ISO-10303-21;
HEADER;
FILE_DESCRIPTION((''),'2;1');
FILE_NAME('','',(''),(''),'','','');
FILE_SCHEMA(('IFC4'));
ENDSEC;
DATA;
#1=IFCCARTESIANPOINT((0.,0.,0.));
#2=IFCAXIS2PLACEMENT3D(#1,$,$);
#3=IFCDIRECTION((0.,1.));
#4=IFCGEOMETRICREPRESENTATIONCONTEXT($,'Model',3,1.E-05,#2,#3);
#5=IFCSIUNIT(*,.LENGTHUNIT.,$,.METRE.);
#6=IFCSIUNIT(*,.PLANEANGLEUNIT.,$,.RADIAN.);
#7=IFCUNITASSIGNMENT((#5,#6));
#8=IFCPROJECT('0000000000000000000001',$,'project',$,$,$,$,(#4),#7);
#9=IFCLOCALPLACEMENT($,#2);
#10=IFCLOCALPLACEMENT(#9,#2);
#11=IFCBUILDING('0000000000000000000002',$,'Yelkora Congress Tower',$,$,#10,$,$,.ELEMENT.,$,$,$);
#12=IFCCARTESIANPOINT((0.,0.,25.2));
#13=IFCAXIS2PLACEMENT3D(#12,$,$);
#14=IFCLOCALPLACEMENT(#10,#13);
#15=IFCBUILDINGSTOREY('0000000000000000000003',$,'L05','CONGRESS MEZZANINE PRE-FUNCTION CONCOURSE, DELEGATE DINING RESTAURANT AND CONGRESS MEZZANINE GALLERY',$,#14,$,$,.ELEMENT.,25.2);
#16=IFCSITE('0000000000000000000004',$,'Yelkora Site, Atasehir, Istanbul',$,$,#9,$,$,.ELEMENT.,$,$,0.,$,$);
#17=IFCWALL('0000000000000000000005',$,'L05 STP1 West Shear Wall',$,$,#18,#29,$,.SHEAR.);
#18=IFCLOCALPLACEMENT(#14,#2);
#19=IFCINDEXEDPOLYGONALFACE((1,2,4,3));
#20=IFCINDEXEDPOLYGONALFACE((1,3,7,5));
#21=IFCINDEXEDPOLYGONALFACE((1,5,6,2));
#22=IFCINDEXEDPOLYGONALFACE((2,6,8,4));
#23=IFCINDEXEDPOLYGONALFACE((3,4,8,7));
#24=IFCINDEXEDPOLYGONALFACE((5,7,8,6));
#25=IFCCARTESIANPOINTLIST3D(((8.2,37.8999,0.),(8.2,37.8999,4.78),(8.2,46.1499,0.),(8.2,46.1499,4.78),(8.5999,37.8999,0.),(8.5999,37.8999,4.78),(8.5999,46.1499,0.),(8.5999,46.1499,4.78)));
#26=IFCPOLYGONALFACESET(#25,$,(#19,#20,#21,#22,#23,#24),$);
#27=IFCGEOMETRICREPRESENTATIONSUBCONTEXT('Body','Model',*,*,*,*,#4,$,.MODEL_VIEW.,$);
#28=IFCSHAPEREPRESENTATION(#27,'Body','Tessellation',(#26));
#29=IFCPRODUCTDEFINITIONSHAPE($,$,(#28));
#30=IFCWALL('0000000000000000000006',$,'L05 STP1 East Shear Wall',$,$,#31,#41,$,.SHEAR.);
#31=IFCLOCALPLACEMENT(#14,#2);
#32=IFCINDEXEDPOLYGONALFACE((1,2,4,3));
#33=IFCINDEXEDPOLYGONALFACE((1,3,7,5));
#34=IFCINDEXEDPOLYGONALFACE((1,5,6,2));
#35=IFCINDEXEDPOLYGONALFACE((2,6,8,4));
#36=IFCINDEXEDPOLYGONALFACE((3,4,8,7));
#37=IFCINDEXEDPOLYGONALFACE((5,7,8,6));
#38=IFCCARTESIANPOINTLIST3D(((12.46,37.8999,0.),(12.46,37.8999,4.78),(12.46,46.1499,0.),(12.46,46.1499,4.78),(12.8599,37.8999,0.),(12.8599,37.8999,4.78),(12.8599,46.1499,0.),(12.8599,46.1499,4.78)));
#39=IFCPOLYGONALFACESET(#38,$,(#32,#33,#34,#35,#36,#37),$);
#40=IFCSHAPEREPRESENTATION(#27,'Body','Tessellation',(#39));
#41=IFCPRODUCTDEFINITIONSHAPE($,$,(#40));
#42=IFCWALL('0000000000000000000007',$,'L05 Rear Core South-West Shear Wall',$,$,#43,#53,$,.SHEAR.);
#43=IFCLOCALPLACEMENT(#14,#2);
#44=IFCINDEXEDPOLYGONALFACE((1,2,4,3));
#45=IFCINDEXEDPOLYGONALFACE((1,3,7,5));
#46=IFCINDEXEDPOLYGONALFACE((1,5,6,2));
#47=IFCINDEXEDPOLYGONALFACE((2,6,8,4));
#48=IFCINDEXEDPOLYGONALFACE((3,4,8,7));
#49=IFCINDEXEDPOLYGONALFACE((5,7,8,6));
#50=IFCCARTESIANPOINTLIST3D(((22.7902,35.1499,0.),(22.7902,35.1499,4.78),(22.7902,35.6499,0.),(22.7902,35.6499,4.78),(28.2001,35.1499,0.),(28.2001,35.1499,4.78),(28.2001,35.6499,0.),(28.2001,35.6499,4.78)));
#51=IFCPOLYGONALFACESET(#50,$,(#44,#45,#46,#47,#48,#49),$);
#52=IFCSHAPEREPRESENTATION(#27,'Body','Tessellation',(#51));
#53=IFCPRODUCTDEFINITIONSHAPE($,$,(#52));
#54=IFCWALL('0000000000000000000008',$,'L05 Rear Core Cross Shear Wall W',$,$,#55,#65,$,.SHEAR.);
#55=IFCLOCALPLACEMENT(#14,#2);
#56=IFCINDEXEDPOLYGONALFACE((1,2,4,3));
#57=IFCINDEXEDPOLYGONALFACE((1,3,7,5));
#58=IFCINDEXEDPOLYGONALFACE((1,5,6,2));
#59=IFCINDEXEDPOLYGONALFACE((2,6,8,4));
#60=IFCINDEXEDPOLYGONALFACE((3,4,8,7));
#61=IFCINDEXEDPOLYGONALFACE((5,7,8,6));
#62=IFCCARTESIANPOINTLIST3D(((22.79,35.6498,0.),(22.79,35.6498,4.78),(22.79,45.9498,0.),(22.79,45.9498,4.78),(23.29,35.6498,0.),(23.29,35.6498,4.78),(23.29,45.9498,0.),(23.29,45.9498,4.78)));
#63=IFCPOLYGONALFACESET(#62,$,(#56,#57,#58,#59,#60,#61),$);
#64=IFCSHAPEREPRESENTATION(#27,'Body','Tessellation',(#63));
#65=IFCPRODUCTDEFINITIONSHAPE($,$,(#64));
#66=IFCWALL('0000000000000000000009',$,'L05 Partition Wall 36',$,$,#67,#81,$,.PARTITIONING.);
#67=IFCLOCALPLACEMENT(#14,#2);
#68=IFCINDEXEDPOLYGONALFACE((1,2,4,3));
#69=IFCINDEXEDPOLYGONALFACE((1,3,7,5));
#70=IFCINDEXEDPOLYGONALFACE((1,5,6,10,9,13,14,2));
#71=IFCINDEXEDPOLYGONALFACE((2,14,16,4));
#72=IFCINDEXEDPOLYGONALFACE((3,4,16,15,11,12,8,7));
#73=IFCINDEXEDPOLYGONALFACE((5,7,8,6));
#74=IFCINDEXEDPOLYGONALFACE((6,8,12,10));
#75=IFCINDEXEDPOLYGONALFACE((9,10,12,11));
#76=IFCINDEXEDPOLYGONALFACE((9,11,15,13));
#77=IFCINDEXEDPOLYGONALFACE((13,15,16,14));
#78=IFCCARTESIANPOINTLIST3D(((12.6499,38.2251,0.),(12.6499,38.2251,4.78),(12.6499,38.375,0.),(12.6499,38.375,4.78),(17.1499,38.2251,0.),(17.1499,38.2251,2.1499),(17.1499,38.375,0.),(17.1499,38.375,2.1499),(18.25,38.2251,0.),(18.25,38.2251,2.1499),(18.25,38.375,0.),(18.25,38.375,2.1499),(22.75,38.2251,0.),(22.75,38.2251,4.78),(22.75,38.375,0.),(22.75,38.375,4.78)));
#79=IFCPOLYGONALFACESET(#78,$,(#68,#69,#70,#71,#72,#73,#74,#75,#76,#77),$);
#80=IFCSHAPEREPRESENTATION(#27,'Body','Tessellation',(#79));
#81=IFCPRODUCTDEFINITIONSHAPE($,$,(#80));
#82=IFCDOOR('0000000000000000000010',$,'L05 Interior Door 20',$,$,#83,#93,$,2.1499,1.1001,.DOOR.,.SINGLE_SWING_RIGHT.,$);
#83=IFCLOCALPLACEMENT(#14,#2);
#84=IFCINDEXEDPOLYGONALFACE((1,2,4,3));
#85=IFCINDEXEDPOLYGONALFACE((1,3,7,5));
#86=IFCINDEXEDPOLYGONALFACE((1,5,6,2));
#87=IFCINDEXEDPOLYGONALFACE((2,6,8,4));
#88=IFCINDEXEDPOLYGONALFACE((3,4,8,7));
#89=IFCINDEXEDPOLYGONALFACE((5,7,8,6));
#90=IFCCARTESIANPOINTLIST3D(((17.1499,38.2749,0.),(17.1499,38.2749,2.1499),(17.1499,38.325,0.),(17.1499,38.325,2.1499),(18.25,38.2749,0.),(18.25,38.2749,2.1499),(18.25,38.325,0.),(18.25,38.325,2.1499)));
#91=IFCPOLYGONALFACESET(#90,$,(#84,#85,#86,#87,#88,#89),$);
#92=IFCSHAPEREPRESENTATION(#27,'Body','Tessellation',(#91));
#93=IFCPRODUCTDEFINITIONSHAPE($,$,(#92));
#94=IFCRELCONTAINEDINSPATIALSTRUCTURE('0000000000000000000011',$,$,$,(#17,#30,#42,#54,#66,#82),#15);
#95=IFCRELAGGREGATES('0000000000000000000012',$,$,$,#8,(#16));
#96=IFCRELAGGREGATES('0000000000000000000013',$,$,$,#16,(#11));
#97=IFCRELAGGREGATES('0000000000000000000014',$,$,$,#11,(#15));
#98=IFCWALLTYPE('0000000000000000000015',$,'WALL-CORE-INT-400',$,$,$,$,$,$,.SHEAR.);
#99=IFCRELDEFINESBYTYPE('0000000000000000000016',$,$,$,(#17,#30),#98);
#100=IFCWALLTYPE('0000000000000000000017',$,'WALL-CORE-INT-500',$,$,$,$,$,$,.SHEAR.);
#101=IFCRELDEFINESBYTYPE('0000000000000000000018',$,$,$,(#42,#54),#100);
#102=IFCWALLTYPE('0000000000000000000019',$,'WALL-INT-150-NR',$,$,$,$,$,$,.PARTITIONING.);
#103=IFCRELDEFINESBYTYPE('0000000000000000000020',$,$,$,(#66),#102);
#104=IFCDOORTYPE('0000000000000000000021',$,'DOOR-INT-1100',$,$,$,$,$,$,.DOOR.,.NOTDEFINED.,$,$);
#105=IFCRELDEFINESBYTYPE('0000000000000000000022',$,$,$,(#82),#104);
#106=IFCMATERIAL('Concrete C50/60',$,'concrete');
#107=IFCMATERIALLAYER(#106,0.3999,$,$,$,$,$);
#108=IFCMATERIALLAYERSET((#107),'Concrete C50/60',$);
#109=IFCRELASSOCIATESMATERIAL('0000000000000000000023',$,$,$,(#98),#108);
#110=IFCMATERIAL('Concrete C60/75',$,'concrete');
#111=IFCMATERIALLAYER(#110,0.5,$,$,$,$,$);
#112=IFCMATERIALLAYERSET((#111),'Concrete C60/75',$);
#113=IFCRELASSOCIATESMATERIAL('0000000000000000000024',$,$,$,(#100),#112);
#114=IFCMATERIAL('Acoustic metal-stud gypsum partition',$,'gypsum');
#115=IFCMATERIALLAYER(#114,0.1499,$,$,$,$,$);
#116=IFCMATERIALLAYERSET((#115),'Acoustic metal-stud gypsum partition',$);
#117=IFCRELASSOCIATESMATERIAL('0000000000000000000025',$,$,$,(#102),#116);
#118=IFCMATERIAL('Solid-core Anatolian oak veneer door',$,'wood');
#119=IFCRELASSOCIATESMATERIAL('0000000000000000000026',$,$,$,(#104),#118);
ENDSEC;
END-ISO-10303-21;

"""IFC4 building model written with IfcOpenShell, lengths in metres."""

from ifc_helpers import new_model, si_unit, direction, frame, frame_2d, origin, place, context, subcontext, project, spatial, rectangle, extrude, material, layer, layer_set, type_object, element, fill, save


model = new_model("IFC4")

# Units and contexts
model_context = context("Model", 3, precision=1e-05, world=origin(), true_north=direction((0.0, 1.0)))
body_context = subcontext(model_context, "Body", "Model", "MODEL_VIEW")
ifc_project = project(units=[si_unit("LENGTHUNIT", "METRE"), si_unit("PLANEANGLEUNIT", "RADIAN")], contexts=[model_context])

# Site, building, storey
site_placement = place(None, origin())
site = spatial("IfcSite", under=ifc_project, at=site_placement, Name="Yelkora Site, Atasehir, Istanbul", CompositionType="ELEMENT", RefElevation=0.0)
building_placement = place(site_placement, origin())
building = spatial("IfcBuilding", under=site, at=building_placement, Name="Yelkora Congress Tower", CompositionType="ELEMENT")
storey_placement = place(building_placement, frame((0.0, 0.0, 25.2)))
storey = spatial("IfcBuildingStorey", under=building, at=storey_placement, Name="L05", Description="CONGRESS MEZZANINE PRE-FUNCTION CONCOURSE, DELEGATE DINING RESTAURANT AND CONGRESS MEZZANINE GALLERY", CompositionType="ELEMENT", Elevation=25.2)

# Shared definitions
ifc_material_1 = material(Name="Concrete C60/75", Category="concrete")
ifc_material_2 = material(Name="Concrete C50/60", Category="concrete")

# Walls
ifc_layer_1 = layer(ifc_material_2, 0.3999)
ifc_layer_set_1 = layer_set([ifc_layer_1], Name="Concrete C50/60")
wall_type_1 = type_object("IfcWallType", Name="WALL-CORE-INT-400", PredefinedType="SHEAR", material=ifc_layer_set_1)
for number, where, z_axis, x_axis, name in (
    (1, (8.3999, 37.8999, 0.0), (0.0, 0.0, 1.0), (0.0, 1.0, 0.0), "L05 STP1 West Shear Wall"),
    (2, (12.6599, 37.8999, 0.0), (0.0, 0.0, 1.0), (0.0, 1.0, 0.0), "L05 STP1 East Shear Wall"),
):
    element("IfcWall", number, at=place(storey_placement, frame(where, z_axis=z_axis, x_axis=x_axis)), inside=storey, type_object=wall_type_1, Name=name, PredefinedType="SHEAR", context=body_context, shape_type="SweptSolid", body=[
        extrude(rectangle(XDim=8.25, YDim=0.3999, at=frame_2d((4.125, 0.0))), origin(), (0.0, 0.0, 1.0), 4.78),
    ])
ifc_layer_2 = layer(ifc_material_1, 0.5)
ifc_layer_set_2 = layer_set([ifc_layer_2], Name="Concrete C60/75")
wall_type_2 = type_object("IfcWallType", Name="WALL-CORE-INT-500", PredefinedType="SHEAR", material=ifc_layer_set_2)
wall_1_placement = place(storey_placement, frame((22.79, 35.3999, 0.0), z_axis=(0.0, 0.0, 1.0), x_axis=(1.0, 0.0, 0.0)))
element("IfcWall", 3, at=wall_1_placement, inside=storey, type_object=wall_type_2, Name="L05 Rear Core South-West Shear Wall", PredefinedType="SHEAR", context=body_context, shape_type="SweptSolid", body=[
    extrude(rectangle(XDim=5.4099, YDim=0.5, at=frame_2d((2.7051, 0.0))), origin(), (0.0, 0.0, 1.0), 4.78),
])
wall_2_placement = place(storey_placement, frame((23.04, 35.6499, 0.0), z_axis=(0.0, 0.0, 1.0), x_axis=(0.0, 1.0, 0.0)))
element("IfcWall", 4, at=wall_2_placement, inside=storey, type_object=wall_type_2, Name="L05 Rear Core Cross Shear Wall W", PredefinedType="SHEAR", context=body_context, shape_type="SweptSolid", body=[
    extrude(rectangle(XDim=10.3, YDim=0.5, at=frame_2d((5.1499, 0.0))), origin(), (0.0, 0.0, 1.0), 4.78),
])

# Wall, opening, door
ifc_material_3 = material(Name="Acoustic metal-stud gypsum partition", Category="gypsum")
ifc_layer_3 = layer(ifc_material_3, 0.1499)
ifc_layer_set_3 = layer_set([ifc_layer_3], Name="Acoustic metal-stud gypsum partition")
wall_type_3 = type_object("IfcWallType", Name="WALL-INT-150-NR", PredefinedType="PARTITIONING", material=ifc_layer_set_3)
wall_3_placement = place(storey_placement, frame((12.6499, 38.3, 0.0), z_axis=(0.0, 0.0, 1.0), x_axis=(1.0, 0.0, 0.0)))
wall_3 = element("IfcWall", 5, at=wall_3_placement, inside=storey, type_object=wall_type_3, Name="L05 Partition Wall 36", PredefinedType="PARTITIONING", context=body_context, shape_type="SweptSolid", body=[
    extrude(rectangle(XDim=10.1001, YDim=0.1499, at=frame_2d((5.05, 0.0))), origin(), (0.0, 0.0, 1.0), 4.78),
])
opening_1_placement = place(wall_3_placement, frame((4.5, 0.0, 0.0)))
opening_1 = element("IfcOpeningElement", 6, at=opening_1_placement, cuts=wall_3, PredefinedType="OPENING", context=body_context, shape_type="SweptSolid", body=[
    extrude(rectangle(XDim=1.1001, YDim=2.1499, at=frame_2d((0.55, 1.075))), frame((0.0, 0.085, 0.0), z_axis=(0.0, -1.0, 0.0), x_axis=(1.0, 0.0, 0.0)), (0.0, 0.0, 1.0), 0.1699),
])
ifc_material_4 = material(Name="Solid-core Anatolian oak veneer door", Category="wood")
door_type_1 = type_object("IfcDoorType", Name="DOOR-INT-1100", OperationType="NOTDEFINED", PredefinedType="DOOR", material=ifc_material_4)
door_1_placement = place(opening_1_placement, origin())
door_1 = element("IfcDoor", 7, at=door_1_placement, inside=storey, type_object=door_type_1, Name="L05 Interior Door 20", OperationType="SINGLE_SWING_RIGHT", OverallHeight=2.1499, OverallWidth=1.1001, PredefinedType="DOOR", context=body_context, shape_type="SweptSolid", body=[
    extrude(rectangle(XDim=1.1001, YDim=2.1499, at=frame_2d((0.55, 1.075))), frame((0.0, 0.0249, 0.0), z_axis=(0.0, -1.0, 0.0), x_axis=(1.0, 0.0, 0.0)), (0.0, 0.0, 1.0), 0.05),
])
fill(opening_1, door_1)

save(model, "model.ifc")
